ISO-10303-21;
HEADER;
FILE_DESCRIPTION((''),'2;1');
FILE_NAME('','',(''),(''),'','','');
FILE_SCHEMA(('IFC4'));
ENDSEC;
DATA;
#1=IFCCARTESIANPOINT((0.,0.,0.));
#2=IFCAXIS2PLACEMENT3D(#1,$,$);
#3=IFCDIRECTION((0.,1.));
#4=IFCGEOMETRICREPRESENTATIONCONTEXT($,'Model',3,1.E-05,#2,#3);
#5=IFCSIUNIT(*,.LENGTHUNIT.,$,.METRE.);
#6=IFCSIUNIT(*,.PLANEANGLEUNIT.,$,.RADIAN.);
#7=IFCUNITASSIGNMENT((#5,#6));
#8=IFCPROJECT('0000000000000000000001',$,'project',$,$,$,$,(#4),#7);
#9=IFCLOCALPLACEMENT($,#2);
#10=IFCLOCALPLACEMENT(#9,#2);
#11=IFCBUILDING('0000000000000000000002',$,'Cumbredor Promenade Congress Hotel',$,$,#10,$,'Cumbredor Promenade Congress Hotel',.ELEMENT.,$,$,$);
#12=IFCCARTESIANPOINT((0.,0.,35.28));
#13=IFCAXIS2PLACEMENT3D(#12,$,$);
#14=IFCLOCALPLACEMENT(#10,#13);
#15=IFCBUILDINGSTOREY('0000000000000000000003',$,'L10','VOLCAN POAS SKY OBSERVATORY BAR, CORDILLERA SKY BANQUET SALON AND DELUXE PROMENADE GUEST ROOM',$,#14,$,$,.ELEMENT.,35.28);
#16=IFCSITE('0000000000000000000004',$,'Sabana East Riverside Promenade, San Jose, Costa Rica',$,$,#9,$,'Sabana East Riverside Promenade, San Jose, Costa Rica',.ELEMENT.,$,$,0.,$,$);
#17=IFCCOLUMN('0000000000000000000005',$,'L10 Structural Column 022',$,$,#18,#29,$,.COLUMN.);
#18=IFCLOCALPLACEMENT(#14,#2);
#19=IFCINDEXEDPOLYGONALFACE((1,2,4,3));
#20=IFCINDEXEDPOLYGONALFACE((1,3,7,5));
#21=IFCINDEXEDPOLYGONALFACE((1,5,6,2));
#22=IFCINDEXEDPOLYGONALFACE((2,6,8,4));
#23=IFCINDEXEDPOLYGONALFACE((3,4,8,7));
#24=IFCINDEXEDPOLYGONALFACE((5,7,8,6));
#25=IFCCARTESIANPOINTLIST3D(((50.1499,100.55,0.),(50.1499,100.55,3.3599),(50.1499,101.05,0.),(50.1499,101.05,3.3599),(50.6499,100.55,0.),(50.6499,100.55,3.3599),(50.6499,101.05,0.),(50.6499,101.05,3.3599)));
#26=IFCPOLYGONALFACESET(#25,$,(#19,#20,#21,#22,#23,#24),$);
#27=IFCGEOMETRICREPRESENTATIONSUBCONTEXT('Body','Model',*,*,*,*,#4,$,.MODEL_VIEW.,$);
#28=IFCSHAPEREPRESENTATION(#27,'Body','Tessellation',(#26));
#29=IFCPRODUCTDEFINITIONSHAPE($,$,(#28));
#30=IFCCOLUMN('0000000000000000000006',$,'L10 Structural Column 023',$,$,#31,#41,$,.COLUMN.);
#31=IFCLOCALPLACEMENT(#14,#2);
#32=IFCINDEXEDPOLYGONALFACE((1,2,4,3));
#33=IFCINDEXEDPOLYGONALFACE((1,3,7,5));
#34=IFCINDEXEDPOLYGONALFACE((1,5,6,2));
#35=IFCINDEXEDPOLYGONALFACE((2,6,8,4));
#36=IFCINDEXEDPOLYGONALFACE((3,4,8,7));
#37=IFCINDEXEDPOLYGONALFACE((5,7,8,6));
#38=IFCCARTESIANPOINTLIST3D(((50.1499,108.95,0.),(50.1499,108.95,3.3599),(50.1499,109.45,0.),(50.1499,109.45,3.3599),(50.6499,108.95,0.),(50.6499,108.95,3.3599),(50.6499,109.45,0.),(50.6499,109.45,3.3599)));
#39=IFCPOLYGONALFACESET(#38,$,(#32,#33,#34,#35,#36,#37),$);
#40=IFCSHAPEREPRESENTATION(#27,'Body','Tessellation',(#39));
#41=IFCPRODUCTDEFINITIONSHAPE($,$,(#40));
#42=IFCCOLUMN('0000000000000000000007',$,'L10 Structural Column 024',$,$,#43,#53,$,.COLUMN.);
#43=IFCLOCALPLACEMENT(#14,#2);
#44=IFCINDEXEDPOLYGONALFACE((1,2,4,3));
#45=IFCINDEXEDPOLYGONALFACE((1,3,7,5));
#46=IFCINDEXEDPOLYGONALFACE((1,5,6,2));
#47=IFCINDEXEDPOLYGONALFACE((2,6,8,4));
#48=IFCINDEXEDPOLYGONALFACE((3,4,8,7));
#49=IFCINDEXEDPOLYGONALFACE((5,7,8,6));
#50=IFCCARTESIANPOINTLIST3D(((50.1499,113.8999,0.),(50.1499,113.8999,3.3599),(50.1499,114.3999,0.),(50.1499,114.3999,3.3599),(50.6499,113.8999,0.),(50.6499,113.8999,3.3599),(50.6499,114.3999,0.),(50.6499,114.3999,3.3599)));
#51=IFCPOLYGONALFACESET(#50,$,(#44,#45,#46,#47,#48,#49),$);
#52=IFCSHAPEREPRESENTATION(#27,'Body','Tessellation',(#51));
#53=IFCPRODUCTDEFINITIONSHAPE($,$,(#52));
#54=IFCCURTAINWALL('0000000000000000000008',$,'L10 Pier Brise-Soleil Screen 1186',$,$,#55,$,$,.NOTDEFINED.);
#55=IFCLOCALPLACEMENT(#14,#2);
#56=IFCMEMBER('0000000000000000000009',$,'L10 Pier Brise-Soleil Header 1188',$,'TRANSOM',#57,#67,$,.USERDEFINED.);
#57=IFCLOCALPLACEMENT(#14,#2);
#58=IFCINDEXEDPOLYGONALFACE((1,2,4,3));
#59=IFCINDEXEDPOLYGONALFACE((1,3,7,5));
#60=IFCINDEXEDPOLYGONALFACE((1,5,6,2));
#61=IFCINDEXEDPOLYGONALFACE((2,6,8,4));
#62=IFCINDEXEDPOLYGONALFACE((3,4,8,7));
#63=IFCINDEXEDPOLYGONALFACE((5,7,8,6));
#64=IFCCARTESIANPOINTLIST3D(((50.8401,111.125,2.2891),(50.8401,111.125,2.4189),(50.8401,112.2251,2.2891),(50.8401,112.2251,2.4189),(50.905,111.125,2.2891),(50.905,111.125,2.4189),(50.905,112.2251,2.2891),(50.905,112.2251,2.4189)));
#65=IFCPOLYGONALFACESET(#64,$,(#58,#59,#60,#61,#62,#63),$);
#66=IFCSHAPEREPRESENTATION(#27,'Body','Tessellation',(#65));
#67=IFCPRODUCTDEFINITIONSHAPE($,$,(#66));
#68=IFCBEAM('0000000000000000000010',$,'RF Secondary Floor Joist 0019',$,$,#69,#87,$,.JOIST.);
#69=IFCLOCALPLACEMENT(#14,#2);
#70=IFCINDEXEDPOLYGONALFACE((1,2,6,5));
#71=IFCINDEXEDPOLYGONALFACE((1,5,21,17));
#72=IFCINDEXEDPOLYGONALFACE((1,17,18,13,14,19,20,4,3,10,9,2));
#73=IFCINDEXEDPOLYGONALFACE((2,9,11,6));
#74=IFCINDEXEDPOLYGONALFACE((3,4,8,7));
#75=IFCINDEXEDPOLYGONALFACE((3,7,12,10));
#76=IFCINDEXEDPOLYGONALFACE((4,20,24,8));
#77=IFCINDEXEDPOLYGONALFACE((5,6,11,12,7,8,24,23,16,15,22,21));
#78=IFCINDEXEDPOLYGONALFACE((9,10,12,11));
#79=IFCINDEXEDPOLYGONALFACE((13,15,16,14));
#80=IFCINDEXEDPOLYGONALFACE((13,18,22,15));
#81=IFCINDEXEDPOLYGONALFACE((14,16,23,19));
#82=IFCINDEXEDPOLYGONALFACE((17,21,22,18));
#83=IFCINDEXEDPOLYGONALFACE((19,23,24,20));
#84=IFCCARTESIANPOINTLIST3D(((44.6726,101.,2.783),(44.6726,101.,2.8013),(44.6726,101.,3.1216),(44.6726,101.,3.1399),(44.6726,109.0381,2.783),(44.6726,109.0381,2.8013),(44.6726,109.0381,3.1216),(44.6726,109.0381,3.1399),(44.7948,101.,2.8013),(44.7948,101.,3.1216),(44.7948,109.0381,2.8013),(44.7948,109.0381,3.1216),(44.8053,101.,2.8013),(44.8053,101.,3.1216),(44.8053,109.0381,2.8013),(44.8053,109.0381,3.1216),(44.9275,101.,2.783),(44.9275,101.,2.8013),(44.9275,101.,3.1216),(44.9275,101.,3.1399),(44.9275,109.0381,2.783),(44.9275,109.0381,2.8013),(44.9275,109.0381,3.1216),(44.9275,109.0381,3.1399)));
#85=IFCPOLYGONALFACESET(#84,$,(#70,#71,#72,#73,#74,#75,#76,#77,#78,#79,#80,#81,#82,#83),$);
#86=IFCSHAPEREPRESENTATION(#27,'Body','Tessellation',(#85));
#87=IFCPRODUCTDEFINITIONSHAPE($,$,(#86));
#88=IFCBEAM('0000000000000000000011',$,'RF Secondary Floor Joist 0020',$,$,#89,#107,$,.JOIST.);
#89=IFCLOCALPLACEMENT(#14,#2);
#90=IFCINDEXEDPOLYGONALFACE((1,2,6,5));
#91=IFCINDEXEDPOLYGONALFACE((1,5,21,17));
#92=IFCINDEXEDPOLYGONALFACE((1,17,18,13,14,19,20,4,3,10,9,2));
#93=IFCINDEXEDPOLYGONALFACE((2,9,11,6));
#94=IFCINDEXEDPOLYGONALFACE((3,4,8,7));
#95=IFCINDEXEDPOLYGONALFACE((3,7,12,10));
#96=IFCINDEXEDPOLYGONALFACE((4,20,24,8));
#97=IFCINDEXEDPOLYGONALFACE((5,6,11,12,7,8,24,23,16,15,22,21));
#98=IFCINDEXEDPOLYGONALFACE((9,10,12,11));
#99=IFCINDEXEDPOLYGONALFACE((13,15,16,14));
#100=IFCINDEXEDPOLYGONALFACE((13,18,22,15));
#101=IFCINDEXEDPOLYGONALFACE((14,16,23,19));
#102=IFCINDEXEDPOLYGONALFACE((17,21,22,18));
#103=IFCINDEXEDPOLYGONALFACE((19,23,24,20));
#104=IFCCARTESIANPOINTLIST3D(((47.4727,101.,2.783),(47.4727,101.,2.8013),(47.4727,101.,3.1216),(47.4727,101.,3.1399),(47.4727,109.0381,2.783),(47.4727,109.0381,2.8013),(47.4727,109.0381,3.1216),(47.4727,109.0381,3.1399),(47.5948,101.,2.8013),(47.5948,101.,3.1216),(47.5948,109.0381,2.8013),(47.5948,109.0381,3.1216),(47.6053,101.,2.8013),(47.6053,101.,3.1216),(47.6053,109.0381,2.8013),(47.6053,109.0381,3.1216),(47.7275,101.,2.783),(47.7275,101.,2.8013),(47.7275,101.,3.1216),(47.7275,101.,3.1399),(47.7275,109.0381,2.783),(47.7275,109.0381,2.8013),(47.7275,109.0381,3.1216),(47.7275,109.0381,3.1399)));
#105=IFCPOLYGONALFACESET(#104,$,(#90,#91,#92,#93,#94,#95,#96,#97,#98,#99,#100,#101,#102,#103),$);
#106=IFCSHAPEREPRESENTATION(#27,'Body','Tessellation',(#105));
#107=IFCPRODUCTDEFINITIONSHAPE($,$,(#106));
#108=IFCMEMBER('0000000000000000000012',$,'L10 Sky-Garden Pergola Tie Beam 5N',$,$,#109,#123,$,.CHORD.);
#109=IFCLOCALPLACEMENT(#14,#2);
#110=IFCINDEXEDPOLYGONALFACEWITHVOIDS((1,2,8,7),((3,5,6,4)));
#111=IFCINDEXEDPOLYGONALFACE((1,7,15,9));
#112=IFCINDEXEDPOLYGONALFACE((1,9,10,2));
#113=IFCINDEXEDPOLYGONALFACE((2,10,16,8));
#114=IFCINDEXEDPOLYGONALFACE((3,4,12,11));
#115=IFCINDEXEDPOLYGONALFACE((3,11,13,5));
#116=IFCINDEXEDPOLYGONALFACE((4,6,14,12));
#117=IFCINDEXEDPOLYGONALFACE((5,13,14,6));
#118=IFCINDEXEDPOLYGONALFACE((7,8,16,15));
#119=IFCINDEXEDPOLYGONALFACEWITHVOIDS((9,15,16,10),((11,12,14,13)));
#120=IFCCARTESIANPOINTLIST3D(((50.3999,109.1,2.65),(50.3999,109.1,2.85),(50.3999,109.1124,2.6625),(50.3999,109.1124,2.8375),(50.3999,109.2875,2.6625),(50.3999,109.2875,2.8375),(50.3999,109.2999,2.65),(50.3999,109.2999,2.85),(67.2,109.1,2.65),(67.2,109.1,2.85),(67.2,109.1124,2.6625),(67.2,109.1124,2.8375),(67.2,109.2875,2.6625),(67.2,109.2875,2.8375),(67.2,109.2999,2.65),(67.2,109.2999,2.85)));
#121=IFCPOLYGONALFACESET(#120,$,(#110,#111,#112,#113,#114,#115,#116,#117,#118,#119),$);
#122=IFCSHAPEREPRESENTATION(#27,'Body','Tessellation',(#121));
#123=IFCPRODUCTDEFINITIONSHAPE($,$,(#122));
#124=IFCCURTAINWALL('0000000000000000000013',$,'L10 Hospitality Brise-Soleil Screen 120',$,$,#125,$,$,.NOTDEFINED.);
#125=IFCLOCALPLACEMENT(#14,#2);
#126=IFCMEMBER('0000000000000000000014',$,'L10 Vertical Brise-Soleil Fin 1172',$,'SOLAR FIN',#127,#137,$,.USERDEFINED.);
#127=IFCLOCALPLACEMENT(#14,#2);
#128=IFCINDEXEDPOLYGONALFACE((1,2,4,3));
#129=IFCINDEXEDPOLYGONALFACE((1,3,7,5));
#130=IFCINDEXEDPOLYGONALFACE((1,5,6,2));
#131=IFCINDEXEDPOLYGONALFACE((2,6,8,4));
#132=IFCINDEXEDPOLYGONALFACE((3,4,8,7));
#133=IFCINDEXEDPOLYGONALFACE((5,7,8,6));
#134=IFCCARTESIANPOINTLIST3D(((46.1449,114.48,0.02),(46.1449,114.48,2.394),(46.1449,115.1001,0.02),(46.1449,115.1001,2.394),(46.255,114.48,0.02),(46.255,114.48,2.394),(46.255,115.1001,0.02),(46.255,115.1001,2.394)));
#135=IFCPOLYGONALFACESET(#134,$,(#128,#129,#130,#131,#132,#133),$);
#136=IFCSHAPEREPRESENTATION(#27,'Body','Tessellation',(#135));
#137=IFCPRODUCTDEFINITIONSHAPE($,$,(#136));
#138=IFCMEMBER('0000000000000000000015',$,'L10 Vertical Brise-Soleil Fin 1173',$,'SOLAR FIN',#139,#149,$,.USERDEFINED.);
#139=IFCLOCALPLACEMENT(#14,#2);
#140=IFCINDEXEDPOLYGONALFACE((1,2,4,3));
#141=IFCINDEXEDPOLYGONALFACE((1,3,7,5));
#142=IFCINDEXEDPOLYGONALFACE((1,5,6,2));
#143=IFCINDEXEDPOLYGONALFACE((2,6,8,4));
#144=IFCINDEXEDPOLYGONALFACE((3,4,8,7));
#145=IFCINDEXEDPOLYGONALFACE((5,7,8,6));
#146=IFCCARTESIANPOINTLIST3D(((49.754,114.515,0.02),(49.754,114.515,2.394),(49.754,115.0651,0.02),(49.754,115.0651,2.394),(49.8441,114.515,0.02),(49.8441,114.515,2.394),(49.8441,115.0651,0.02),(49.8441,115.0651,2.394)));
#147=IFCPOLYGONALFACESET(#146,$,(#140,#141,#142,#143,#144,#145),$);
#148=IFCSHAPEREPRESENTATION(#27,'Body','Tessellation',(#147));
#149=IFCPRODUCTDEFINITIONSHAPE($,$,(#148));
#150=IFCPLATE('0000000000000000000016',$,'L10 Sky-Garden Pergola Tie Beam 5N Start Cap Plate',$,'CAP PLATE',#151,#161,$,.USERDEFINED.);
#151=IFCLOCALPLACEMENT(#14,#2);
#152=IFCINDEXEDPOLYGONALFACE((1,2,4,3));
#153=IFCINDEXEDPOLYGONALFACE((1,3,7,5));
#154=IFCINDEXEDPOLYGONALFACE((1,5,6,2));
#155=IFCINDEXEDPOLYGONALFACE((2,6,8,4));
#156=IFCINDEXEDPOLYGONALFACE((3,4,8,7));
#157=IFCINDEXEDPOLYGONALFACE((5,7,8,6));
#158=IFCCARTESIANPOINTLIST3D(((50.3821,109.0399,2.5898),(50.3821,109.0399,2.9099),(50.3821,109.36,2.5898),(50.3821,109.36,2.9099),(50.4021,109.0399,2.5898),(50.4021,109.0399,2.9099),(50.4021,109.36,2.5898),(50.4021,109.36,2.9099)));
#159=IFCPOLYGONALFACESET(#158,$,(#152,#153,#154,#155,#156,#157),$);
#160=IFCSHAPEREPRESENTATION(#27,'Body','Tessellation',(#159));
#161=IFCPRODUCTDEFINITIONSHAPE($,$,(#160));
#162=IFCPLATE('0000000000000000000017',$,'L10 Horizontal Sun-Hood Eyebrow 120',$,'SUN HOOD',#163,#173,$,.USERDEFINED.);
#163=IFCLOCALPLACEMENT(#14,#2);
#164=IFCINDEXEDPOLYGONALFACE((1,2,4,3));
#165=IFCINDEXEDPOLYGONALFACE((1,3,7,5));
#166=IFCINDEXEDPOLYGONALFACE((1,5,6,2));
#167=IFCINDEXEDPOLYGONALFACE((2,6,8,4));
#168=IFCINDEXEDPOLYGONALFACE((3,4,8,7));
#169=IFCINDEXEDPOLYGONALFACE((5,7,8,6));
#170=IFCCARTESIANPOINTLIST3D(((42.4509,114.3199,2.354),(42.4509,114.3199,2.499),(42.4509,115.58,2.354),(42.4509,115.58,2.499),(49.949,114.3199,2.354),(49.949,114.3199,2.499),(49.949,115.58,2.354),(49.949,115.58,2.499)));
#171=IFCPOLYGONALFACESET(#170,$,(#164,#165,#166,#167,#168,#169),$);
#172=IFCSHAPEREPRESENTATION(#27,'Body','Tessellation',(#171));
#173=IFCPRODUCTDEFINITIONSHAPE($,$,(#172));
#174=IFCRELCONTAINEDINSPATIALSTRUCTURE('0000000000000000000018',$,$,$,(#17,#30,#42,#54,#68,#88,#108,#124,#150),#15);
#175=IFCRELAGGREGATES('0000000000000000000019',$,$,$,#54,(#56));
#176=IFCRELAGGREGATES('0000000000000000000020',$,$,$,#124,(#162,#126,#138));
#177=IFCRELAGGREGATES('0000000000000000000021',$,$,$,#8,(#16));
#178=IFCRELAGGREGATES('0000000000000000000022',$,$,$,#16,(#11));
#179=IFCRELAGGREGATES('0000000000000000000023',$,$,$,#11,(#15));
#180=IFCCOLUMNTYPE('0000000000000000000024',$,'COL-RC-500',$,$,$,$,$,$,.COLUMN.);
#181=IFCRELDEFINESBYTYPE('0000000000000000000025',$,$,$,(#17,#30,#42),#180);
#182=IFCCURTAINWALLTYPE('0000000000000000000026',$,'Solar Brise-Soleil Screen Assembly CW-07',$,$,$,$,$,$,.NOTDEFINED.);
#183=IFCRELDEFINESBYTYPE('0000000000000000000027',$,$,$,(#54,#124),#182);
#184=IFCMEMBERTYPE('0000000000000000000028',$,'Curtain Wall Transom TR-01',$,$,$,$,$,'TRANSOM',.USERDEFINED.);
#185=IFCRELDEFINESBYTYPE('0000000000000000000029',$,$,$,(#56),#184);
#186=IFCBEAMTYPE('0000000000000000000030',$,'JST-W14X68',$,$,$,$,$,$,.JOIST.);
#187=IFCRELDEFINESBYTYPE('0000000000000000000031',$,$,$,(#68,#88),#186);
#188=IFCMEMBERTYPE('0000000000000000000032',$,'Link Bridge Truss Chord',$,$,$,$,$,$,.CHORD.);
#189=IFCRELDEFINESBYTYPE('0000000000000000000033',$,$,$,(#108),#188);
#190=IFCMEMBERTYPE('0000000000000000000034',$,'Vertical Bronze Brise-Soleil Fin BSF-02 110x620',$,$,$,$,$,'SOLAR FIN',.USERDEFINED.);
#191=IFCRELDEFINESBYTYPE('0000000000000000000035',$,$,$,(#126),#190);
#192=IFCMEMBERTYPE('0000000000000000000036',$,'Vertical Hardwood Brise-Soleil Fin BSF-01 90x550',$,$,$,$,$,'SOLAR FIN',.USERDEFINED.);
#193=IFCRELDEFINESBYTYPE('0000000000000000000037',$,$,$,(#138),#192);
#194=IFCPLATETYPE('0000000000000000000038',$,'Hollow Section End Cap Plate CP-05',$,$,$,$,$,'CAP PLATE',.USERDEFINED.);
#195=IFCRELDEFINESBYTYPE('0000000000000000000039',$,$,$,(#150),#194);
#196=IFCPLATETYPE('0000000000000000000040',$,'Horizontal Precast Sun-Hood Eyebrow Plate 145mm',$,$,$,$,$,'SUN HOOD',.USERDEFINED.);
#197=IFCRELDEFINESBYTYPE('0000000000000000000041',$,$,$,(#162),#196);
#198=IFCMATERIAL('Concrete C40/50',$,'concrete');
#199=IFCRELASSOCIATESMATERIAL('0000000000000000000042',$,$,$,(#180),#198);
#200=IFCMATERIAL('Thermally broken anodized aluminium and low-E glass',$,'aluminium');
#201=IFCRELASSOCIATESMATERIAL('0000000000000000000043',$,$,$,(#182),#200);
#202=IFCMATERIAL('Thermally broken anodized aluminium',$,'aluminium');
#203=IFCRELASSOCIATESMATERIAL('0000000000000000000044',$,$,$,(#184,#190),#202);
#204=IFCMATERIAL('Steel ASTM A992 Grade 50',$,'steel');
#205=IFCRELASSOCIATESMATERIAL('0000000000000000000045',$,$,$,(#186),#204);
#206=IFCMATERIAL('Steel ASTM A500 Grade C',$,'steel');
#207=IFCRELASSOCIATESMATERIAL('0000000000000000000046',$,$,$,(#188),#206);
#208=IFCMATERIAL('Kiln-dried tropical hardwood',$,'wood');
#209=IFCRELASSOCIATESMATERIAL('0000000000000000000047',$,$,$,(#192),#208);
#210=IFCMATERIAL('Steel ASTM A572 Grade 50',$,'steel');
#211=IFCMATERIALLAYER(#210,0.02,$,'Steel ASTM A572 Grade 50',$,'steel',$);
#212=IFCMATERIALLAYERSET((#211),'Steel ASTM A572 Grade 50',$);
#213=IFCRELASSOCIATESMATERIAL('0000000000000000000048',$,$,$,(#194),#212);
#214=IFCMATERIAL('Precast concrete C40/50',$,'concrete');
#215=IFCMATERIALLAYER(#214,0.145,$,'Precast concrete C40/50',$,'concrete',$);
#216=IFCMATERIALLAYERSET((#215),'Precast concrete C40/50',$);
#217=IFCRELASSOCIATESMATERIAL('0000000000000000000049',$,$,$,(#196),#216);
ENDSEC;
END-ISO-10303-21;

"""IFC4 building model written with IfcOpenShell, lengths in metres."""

from ifc_helpers import new_model, si_unit, direction, frame, origin, origin_2d, place, context, subcontext, project, spatial, rectangle, hollow_rectangle, i_section, extrude, material, layer, layer_set, material_profile, profile_set, type_object, element, aggregate, save


model = new_model("IFC4")

# Units and contexts
model_context = context("Model", 3, precision=1e-05, world=origin(), true_north=direction((0.0, 1.0)))
body_context = subcontext(model_context, "Body", "Model", "MODEL_VIEW")
ifc_project = project(units=[si_unit("LENGTHUNIT", "METRE"), si_unit("PLANEANGLEUNIT", "RADIAN")], contexts=[model_context])

# Site, building, storey
site_placement = place(None, origin())
site = spatial("IfcSite", under=ifc_project, at=site_placement, Name="Sabana East Riverside Promenade, San Jose, Costa Rica", LongName="Sabana East Riverside Promenade, San Jose, Costa Rica", CompositionType="ELEMENT", RefElevation=0.0)
building_placement = place(site_placement, origin())
building = spatial("IfcBuilding", under=site, at=building_placement, Name="Cumbredor Promenade Congress Hotel", LongName="Cumbredor Promenade Congress Hotel", CompositionType="ELEMENT")
storey_placement = place(building_placement, frame((0.0, 0.0, 35.28)))
storey = spatial("IfcBuildingStorey", under=building, at=storey_placement, Name="L10", Description="VOLCAN POAS SKY OBSERVATORY BAR, CORDILLERA SKY BANQUET SALON AND DELUXE PROMENADE GUEST ROOM", CompositionType="ELEMENT", Elevation=35.28)

# Columns
ifc_material_1 = material(Name="Concrete C40/50", Category="concrete")
ifc_material_profile_1 = material_profile(ifc_material_1, rectangle(XDim=0.5, YDim=0.5, at=origin_2d()), Name="RC 500x500")
ifc_profile_set_1 = profile_set([ifc_material_profile_1], Name="Concrete C40/50")
column_type = type_object("IfcColumnType", Name="COL-RC-500", PredefinedType="COLUMN", material=ifc_profile_set_1)
for number, where, z_axis, x_axis, name in (
    (1, (50.3999, 100.8, 0.0), (0.0, 0.0, 1.0), (1.0, 0.0, 0.0), "L10 Structural Column 022"),
    (2, (50.3999, 109.2, 0.0), (0.0, 0.0, 1.0), (1.0, 0.0, 0.0), "L10 Structural Column 023"),
    (3, (50.3999, 114.1499, 0.0), (0.0, 0.0, 1.0), (1.0, 0.0, 0.0), "L10 Structural Column 024"),
):
    element("IfcColumn", number, at=place(storey_placement, frame(where, z_axis=z_axis, x_axis=x_axis)), inside=storey, type_object=column_type, Name=name, PredefinedType="COLUMN", context=body_context, shape_type="SweptSolid", body=[
        extrude(rectangle(XDim=0.5, YDim=0.5, at=origin_2d()), origin(), (0.0, 0.0, 1.0), 3.3599),
    ])

# Curtain wall, member
ifc_material_2 = material(Name="Thermally broken anodized aluminium and low-E glass", Category="aluminium")
curtain_wall_type = type_object("IfcCurtainWallType", Name="Solar Brise-Soleil Screen Assembly CW-07", PredefinedType="NOTDEFINED", material=ifc_material_2)
curtain_wall_1_placement = place(storey_placement, origin())
curtain_wall_1 = element("IfcCurtainWall", 4, at=curtain_wall_1_placement, inside=storey, type_object=curtain_wall_type, Name="L10 Pier Brise-Soleil Screen 1186", PredefinedType="NOTDEFINED")
ifc_material_3 = material(Name="Thermally broken anodized aluminium", Category="aluminium")
ifc_material_profile_2 = material_profile(ifc_material_3, rectangle(XDim=0.0649, YDim=0.1299, at=origin_2d()), Name="ALU TRANSOM 65x130")
ifc_profile_set_2 = profile_set([ifc_material_profile_2], Name="Thermally broken anodized aluminium")
member_type_1 = type_object("IfcMemberType", Name="Curtain Wall Transom TR-01", ElementType="TRANSOM", PredefinedType="USERDEFINED", material=ifc_profile_set_2)
member_1_placement = place(storey_placement, frame((50.8726, 111.125, 2.354), z_axis=(0.0, 1.0, 0.0), x_axis=(-1.0, 0.0, 0.0)))
member_1 = element("IfcMember", 5, at=member_1_placement, type_object=member_type_1, Name="L10 Pier Brise-Soleil Header 1188", ObjectType="TRANSOM", PredefinedType="USERDEFINED", context=body_context, shape_type="SweptSolid", body=[
    extrude(rectangle(XDim=0.0649, YDim=0.1299, at=origin_2d()), origin(), (0.0, 0.0, 1.0), 1.1001),
])
aggregate(curtain_wall_1, [member_1])

# Beams
ifc_material_4 = material(Name="Steel ASTM A992 Grade 50", Category="steel")
ifc_material_profile_3 = material_profile(ifc_material_4, i_section(OverallWidth=0.2549, OverallDepth=0.3569, WebThickness=0.0105, FlangeThickness=0.0183, at=origin_2d()), Name="W14X68")
ifc_profile_set_3 = profile_set([ifc_material_profile_3], Name="Steel ASTM A992 Grade 50")
beam_type = type_object("IfcBeamType", Name="JST-W14X68", PredefinedType="JOIST", material=ifc_profile_set_3)
for number, where, z_axis, x_axis, name in (
    (6, (44.8, 101.0, 2.9614), (0.0, 1.0, 0.0), (-1.0, 0.0, 0.0), "RF Secondary Floor Joist 0019"),
    (7, (47.6001, 101.0, 2.9614), (0.0, 1.0, 0.0), (-1.0, 0.0, 0.0), "RF Secondary Floor Joist 0020"),
):
    element("IfcBeam", number, at=place(storey_placement, frame(where, z_axis=z_axis, x_axis=x_axis)), inside=storey, type_object=beam_type, Name=name, PredefinedType="JOIST", context=body_context, shape_type="SweptSolid", body=[
        extrude(i_section(OverallWidth=0.2549, OverallDepth=0.3569, WebThickness=0.0105, FlangeThickness=0.0183, at=origin_2d()), origin(), (0.0, 0.0, 1.0), 8.0381),
    ])

# Member
ifc_material_5 = material(Name="Steel ASTM A500 Grade C", Category="steel")
ifc_material_profile_4 = material_profile(ifc_material_5, hollow_rectangle(XDim=0.2, YDim=0.2, WallThickness=0.0125, at=origin_2d()), Name="HSS 200x200x12.5")
ifc_profile_set_4 = profile_set([ifc_material_profile_4], Name="Steel ASTM A500 Grade C")
member_type_2 = type_object("IfcMemberType", Name="Link Bridge Truss Chord", PredefinedType="CHORD", material=ifc_profile_set_4)
member_2_placement = place(storey_placement, frame((50.3999, 109.2, 2.75), z_axis=(1.0, 0.0, 0.0), x_axis=(0.0, 1.0, 0.0)))
element("IfcMember", 8, at=member_2_placement, inside=storey, type_object=member_type_2, Name="L10 Sky-Garden Pergola Tie Beam 5N", PredefinedType="CHORD", context=body_context, shape_type="SweptSolid", body=[
    extrude(hollow_rectangle(XDim=0.2, YDim=0.2, WallThickness=0.0125, at=origin_2d()), origin(), (0.0, 0.0, 1.0), 16.8),
])

# Curtain wall, members
curtain_wall_2_placement = place(storey_placement, origin())
curtain_wall_2 = element("IfcCurtainWall", 9, at=curtain_wall_2_placement, inside=storey, type_object=curtain_wall_type, Name="L10 Hospitality Brise-Soleil Screen 120", PredefinedType="NOTDEFINED")
ifc_material_profile_5 = material_profile(ifc_material_3, rectangle(XDim=0.1101, YDim=0.6201, at=origin_2d()), Name="ARCH FIN 110x620")
ifc_profile_set_5 = profile_set([ifc_material_profile_5], Name="Thermally broken anodized aluminium")
member_type_3 = type_object("IfcMemberType", Name="Vertical Bronze Brise-Soleil Fin BSF-02 110x620", ElementType="SOLAR FIN", PredefinedType="USERDEFINED", material=ifc_profile_set_5)
member_3_placement = place(storey_placement, frame((46.2, 114.79, 0.02), z_axis=(0.0, 0.0, 1.0), x_axis=(1.0, 0.0, 0.0)))
member_3 = element("IfcMember", 10, at=member_3_placement, type_object=member_type_3, Name="L10 Vertical Brise-Soleil Fin 1172", ObjectType="SOLAR FIN", PredefinedType="USERDEFINED", context=body_context, shape_type="SweptSolid", body=[
    extrude(rectangle(XDim=0.1101, YDim=0.6201, at=origin_2d()), origin(), (0.0, 0.0, 1.0), 2.374),
])
ifc_material_6 = material(Name="Kiln-dried tropical hardwood", Category="wood")
ifc_material_profile_6 = material_profile(ifc_material_6, rectangle(XDim=0.0901, YDim=0.55, at=origin_2d()), Name="ARCH FIN 90x550")
ifc_profile_set_6 = profile_set([ifc_material_profile_6], Name="Kiln-dried tropical hardwood")
member_type_4 = type_object("IfcMemberType", Name="Vertical Hardwood Brise-Soleil Fin BSF-01 90x550", ElementType="SOLAR FIN", PredefinedType="USERDEFINED", material=ifc_profile_set_6)
member_4_placement = place(storey_placement, frame((49.7991, 114.79, 0.02), z_axis=(0.0, 0.0, 1.0), x_axis=(1.0, 0.0, 0.0)))
member_4 = element("IfcMember", 11, at=member_4_placement, type_object=member_type_4, Name="L10 Vertical Brise-Soleil Fin 1173", ObjectType="SOLAR FIN", PredefinedType="USERDEFINED", context=body_context, shape_type="SweptSolid", body=[
    extrude(rectangle(XDim=0.0901, YDim=0.55, at=origin_2d()), origin(), (0.0, 0.0, 1.0), 2.374),
])

# Plates
ifc_material_7 = material(Name="Steel ASTM A572 Grade 50", Category="steel")
ifc_layer_1 = layer(ifc_material_7, 0.02, Name="Steel ASTM A572 Grade 50", Category="steel")
ifc_layer_set_1 = layer_set([ifc_layer_1], Name="Steel ASTM A572 Grade 50")
plate_type_1 = type_object("IfcPlateType", Name="Hollow Section End Cap Plate CP-05", ElementType="CAP PLATE", PredefinedType="USERDEFINED", material=ifc_layer_set_1)
plate_1_placement = place(storey_placement, frame((50.3921, 109.2, 2.5898), z_axis=(0.0, 0.0, 1.0), x_axis=(1.0, 0.0, 0.0)))
element("IfcPlate", 12, at=plate_1_placement, inside=storey, type_object=plate_type_1, Name="L10 Sky-Garden Pergola Tie Beam 5N Start Cap Plate", ObjectType="CAP PLATE", PredefinedType="USERDEFINED", context=body_context, shape_type="SweptSolid", body=[
    extrude(rectangle(XDim=0.02, YDim=0.3201, at=origin_2d()), origin(), (0.0, 0.0, 1.0), 0.3201),
])
ifc_material_8 = material(Name="Precast concrete C40/50", Category="concrete")
ifc_layer_2 = layer(ifc_material_8, 0.145, Name="Precast concrete C40/50", Category="concrete")
ifc_layer_set_2 = layer_set([ifc_layer_2], Name="Precast concrete C40/50")
plate_type_2 = type_object("IfcPlateType", Name="Horizontal Precast Sun-Hood Eyebrow Plate 145mm", ElementType="SUN HOOD", PredefinedType="USERDEFINED", material=ifc_layer_set_2)
plate_2_placement = place(storey_placement, frame((46.2, 114.95, 2.354), z_axis=(0.0, 0.0, 1.0), x_axis=(1.0, 0.0, 0.0)))
plate_2 = element("IfcPlate", 13, at=plate_2_placement, type_object=plate_type_2, Name="L10 Horizontal Sun-Hood Eyebrow 120", ObjectType="SUN HOOD", PredefinedType="USERDEFINED", context=body_context, shape_type="SweptSolid", body=[
    extrude(rectangle(XDim=7.498, YDim=1.26, at=origin_2d()), origin(), (0.0, 0.0, 1.0), 0.145),
])
aggregate(curtain_wall_2, [plate_2, member_3, member_4])

save(model, "model.ifc")
